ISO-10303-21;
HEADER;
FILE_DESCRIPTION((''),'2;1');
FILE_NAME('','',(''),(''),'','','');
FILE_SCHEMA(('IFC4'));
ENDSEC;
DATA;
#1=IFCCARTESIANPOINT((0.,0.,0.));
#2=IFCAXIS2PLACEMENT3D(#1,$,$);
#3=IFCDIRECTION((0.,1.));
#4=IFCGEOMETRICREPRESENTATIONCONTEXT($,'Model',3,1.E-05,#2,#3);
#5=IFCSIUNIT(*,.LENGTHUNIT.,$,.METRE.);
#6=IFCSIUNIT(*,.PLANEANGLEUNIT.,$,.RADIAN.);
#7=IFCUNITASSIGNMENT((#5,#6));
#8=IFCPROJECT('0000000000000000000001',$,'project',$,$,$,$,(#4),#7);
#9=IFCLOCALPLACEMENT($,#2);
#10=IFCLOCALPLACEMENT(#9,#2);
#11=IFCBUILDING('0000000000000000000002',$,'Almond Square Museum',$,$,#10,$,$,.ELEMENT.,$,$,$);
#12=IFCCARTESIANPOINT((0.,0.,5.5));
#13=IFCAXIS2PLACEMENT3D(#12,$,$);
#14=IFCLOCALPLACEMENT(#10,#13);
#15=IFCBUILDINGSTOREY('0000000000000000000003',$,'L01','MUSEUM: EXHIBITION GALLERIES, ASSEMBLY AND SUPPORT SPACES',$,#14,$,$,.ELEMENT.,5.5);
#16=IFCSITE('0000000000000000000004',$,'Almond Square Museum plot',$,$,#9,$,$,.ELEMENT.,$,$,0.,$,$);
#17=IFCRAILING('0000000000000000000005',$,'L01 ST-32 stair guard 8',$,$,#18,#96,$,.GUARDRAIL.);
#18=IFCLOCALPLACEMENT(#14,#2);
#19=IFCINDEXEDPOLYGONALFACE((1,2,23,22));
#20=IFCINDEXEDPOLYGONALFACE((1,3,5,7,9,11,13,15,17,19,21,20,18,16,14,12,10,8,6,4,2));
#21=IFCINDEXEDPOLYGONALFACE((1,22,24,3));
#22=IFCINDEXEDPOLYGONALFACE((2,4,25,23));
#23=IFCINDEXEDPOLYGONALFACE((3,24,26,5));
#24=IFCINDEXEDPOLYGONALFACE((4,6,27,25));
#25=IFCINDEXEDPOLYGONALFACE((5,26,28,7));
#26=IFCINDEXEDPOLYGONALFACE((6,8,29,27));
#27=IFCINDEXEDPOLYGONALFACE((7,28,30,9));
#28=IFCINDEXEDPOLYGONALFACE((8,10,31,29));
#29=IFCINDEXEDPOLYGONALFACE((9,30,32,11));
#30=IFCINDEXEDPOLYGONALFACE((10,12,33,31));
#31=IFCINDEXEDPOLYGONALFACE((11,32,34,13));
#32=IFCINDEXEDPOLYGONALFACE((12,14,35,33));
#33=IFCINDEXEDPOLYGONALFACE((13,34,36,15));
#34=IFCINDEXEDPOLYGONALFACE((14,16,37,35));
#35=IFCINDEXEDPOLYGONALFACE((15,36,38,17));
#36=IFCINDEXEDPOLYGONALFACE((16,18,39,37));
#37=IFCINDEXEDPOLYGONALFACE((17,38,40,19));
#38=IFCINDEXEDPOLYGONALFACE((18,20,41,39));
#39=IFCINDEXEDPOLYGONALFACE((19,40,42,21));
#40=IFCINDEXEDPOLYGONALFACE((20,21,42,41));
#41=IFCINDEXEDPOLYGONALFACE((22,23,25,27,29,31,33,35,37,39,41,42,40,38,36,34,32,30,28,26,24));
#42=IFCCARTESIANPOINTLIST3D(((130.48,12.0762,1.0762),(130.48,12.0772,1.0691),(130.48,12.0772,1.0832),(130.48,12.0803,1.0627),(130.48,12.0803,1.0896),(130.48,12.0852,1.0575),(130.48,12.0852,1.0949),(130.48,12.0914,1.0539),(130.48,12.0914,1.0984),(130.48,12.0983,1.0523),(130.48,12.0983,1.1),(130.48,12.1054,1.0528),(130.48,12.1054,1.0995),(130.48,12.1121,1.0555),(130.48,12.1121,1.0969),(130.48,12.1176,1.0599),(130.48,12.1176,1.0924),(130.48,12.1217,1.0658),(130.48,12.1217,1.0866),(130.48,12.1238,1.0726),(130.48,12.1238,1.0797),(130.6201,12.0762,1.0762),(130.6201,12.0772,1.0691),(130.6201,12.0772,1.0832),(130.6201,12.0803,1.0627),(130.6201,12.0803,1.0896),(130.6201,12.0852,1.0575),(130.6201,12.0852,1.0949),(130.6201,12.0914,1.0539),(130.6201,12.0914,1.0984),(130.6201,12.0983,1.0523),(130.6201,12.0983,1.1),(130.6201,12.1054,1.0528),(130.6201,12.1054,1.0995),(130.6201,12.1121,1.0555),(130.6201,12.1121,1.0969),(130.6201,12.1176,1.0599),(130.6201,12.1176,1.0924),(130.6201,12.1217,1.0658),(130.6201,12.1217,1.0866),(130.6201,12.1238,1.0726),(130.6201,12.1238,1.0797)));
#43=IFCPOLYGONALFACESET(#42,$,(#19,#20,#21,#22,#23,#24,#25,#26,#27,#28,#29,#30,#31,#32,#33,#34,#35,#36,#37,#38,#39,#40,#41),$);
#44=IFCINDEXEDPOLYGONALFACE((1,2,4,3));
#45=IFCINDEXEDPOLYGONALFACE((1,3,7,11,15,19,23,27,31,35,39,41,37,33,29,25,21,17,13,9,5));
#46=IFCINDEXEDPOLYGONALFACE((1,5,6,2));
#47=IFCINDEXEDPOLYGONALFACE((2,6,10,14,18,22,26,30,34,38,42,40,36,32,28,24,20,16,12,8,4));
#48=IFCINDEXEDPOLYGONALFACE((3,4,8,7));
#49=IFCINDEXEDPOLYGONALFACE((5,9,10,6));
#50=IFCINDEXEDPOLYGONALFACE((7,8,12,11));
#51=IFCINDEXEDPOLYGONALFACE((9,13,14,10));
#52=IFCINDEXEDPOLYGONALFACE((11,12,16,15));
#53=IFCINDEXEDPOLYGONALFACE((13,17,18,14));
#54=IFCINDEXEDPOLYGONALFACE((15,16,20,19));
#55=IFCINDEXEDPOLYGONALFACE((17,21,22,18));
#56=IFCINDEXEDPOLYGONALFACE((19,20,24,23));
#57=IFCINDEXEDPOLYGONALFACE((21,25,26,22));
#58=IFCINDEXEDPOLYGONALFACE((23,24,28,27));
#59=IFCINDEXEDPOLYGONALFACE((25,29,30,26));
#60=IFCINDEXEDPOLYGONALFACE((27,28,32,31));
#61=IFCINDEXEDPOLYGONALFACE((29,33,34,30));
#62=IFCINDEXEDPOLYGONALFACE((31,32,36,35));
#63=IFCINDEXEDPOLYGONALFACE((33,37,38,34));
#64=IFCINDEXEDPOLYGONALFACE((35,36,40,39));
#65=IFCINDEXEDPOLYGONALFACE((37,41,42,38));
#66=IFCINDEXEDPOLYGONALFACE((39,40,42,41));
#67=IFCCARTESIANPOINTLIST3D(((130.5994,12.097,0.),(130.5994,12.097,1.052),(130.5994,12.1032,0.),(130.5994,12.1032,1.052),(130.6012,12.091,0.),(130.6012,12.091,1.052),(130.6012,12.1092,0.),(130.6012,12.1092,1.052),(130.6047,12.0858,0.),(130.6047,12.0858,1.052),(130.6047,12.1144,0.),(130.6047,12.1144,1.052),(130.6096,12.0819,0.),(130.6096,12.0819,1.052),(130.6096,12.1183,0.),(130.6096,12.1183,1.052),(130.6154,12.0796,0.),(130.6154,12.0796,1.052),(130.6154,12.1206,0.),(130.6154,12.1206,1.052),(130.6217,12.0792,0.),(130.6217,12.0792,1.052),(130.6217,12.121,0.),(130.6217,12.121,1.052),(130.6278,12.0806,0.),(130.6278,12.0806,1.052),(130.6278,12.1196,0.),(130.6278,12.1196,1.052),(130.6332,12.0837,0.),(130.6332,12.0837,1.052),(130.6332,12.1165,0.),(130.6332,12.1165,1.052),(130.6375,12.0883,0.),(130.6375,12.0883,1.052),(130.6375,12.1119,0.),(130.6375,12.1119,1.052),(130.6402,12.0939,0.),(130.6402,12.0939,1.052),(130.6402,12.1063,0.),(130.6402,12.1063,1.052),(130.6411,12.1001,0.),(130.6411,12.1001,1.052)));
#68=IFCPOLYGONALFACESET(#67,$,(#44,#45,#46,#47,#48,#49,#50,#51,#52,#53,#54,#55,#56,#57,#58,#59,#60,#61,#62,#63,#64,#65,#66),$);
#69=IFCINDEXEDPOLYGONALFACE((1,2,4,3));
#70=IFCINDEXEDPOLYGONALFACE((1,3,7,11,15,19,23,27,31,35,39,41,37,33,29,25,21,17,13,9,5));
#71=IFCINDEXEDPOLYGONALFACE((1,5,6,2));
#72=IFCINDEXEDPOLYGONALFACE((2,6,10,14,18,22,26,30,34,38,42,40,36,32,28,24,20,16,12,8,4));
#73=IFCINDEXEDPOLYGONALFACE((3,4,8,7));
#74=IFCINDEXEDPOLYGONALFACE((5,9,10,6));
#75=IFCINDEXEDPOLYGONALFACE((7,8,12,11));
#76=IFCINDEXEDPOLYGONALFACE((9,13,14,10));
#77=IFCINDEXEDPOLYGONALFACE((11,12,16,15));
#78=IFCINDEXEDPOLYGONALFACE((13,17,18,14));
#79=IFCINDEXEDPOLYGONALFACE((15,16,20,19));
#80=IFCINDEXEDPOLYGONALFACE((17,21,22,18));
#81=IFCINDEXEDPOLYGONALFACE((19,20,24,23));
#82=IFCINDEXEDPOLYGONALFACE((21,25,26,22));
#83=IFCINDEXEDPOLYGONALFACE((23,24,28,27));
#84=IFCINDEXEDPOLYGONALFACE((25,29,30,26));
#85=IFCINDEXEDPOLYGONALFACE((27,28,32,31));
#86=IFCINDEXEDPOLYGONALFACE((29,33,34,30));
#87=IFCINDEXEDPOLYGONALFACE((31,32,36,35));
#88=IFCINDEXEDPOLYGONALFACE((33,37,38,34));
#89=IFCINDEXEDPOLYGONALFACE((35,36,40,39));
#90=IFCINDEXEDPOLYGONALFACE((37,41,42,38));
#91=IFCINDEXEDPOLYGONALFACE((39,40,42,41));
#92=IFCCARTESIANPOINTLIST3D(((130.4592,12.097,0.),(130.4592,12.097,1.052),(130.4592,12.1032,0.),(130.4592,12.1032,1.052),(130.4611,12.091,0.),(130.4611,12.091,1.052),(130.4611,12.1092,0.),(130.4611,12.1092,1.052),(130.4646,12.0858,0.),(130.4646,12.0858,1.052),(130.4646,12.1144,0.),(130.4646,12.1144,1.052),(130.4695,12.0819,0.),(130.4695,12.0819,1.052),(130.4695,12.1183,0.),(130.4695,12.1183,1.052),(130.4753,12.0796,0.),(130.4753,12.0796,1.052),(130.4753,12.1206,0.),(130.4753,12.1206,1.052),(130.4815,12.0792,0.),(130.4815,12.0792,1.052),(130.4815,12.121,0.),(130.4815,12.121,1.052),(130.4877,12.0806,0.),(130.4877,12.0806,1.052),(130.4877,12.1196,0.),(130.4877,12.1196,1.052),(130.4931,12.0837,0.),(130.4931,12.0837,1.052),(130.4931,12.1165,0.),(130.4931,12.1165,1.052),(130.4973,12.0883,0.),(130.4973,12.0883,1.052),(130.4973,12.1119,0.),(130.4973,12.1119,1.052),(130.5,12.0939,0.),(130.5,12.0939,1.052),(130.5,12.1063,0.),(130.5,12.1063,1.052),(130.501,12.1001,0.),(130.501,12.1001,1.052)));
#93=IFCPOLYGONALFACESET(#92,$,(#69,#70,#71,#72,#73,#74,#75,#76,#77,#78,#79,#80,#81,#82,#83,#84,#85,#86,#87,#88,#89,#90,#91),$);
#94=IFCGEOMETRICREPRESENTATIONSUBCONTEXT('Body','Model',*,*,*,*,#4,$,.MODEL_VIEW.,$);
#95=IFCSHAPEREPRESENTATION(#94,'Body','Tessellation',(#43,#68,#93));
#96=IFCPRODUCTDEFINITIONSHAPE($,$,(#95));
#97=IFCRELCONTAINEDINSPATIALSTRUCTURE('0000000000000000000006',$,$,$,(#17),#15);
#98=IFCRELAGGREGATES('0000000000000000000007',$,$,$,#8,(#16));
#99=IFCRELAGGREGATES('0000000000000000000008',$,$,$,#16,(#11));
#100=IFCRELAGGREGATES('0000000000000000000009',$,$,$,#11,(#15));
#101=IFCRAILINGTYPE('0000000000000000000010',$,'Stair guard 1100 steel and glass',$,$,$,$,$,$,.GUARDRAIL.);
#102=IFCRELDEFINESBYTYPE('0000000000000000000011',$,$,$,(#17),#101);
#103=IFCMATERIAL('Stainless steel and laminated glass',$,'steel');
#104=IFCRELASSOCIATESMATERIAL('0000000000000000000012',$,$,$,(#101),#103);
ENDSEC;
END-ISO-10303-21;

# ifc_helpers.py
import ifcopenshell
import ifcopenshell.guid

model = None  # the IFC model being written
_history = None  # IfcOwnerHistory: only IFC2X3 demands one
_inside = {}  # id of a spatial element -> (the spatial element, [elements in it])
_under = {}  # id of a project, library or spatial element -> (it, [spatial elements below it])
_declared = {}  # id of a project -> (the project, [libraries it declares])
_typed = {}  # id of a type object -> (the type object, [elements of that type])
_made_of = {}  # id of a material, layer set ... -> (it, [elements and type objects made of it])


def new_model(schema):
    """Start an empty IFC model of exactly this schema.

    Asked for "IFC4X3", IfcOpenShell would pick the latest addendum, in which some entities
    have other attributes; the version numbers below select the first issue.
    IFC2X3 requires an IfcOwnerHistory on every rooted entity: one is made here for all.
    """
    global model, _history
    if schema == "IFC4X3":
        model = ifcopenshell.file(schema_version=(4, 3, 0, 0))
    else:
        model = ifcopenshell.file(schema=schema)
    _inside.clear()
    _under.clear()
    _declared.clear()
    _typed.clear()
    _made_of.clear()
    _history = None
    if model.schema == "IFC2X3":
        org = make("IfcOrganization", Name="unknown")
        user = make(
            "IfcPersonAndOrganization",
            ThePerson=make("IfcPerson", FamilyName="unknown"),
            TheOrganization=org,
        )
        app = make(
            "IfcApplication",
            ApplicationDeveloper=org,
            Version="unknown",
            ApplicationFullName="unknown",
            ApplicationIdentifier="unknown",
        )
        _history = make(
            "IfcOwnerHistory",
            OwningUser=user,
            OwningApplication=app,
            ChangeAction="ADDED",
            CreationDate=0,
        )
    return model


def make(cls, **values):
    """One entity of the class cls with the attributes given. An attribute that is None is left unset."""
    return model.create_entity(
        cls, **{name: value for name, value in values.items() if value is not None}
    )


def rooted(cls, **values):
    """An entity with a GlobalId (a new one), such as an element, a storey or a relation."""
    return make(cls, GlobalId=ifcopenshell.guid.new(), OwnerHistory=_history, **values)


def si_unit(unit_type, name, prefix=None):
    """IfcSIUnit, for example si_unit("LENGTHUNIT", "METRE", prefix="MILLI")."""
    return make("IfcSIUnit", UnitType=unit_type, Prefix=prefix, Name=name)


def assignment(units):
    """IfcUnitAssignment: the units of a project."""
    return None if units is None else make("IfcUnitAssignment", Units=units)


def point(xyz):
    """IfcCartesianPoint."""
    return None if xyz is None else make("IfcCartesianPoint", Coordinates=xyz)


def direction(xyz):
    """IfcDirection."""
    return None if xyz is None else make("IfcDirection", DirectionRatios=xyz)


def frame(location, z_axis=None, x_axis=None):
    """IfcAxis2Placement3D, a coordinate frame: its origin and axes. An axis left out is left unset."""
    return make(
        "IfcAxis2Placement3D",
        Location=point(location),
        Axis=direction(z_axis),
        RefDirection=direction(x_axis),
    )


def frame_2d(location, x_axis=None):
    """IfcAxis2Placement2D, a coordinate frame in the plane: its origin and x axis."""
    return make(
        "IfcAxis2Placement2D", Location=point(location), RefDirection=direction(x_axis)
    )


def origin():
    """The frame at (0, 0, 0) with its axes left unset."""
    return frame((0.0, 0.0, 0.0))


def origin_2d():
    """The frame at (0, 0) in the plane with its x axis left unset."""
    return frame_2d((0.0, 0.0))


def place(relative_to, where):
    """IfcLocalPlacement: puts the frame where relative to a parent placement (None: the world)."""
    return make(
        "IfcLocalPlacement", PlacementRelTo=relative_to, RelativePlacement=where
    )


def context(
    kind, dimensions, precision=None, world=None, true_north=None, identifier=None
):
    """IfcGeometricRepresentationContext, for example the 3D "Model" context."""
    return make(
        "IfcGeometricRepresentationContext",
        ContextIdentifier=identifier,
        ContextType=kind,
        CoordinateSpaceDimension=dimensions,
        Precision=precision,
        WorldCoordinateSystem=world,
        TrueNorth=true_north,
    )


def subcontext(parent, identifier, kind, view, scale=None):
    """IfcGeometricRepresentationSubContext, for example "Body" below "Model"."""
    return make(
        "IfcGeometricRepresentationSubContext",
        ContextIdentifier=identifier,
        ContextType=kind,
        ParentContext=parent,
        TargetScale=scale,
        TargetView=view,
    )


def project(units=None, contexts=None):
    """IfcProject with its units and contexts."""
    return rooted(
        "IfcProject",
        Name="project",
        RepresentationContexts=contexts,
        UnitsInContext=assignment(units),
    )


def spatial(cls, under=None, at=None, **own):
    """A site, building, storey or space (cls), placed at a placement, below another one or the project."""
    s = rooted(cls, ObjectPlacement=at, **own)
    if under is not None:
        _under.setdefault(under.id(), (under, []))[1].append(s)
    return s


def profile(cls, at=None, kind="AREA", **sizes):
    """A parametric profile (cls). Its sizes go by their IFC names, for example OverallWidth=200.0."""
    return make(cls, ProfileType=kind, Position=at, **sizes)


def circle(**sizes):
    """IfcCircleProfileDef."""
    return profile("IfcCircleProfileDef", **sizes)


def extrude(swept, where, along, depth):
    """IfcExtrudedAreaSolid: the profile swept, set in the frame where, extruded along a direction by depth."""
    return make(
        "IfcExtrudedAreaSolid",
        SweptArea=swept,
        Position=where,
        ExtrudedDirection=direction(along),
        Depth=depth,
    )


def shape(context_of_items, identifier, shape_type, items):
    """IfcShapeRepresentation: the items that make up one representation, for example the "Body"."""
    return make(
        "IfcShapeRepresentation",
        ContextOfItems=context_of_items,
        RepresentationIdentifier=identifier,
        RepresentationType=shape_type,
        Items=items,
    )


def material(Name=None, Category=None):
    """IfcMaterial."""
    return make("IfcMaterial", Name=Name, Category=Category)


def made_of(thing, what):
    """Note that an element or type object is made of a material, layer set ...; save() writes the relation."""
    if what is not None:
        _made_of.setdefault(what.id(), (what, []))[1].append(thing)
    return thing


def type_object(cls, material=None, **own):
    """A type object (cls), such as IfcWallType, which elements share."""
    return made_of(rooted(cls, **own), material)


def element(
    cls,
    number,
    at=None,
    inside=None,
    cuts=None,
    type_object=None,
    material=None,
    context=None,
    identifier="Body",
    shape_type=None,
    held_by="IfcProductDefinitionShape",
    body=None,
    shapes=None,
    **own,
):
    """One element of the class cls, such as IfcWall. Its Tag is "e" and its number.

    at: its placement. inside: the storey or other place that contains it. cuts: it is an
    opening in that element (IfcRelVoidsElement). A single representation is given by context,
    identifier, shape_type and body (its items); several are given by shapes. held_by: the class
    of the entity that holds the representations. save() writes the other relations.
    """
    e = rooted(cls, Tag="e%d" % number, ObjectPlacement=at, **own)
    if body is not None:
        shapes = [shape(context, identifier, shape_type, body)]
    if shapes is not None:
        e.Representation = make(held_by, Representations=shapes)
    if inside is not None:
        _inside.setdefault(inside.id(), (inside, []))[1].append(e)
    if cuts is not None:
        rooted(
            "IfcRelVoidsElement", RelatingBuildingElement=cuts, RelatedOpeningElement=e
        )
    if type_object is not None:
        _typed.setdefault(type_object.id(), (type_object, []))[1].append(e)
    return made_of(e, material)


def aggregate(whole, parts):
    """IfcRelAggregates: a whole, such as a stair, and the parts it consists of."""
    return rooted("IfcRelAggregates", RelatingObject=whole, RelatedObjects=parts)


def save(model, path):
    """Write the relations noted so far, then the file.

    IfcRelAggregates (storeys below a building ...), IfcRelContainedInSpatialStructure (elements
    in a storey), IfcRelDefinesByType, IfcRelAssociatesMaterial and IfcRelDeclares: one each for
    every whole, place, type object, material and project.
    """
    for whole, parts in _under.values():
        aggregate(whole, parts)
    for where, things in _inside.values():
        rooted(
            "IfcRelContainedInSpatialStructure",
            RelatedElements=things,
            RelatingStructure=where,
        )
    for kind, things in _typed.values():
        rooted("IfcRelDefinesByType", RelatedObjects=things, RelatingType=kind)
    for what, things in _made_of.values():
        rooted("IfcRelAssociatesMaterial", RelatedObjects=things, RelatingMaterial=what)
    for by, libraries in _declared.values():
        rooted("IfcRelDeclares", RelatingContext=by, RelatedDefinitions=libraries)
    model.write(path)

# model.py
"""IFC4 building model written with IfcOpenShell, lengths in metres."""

from ifc_helpers import new_model, si_unit, direction, frame, origin, origin_2d, place, context, subcontext, project, spatial, circle, extrude, material, type_object, element, save


model = new_model("IFC4")

# Units and contexts
model_context = context("Model", 3, precision=1e-05, world=origin(), true_north=direction((0.0, 1.0)))
body_context = subcontext(model_context, "Body", "Model", "MODEL_VIEW")
ifc_project = project(units=[si_unit("LENGTHUNIT", "METRE"), si_unit("PLANEANGLEUNIT", "RADIAN")], contexts=[model_context])

# Site, building, storey
site_placement = place(None, origin())
site = spatial("IfcSite", under=ifc_project, at=site_placement, Name="Almond Square Museum plot", CompositionType="ELEMENT", RefElevation=0.0)
building_placement = place(site_placement, origin())
building = spatial("IfcBuilding", under=site, at=building_placement, Name="Almond Square Museum", CompositionType="ELEMENT")
storey_placement = place(building_placement, frame((0.0, 0.0, 5.5)))
storey = spatial("IfcBuildingStorey", under=building, at=storey_placement, Name="L01", Description="MUSEUM: EXHIBITION GALLERIES, ASSEMBLY AND SUPPORT SPACES", CompositionType="ELEMENT", Elevation=5.5)

# Railing
ifc_material_1 = material(Name="Stainless steel and laminated glass", Category="steel")
railing_type = type_object("IfcRailingType", Name="Stair guard 1100 steel and glass", PredefinedType="GUARDRAIL", material=ifc_material_1)
for number, where, name in (
    (1, (130.6201, 12.1001, 0.0), "L01 ST-32 stair guard 8"),
):
    element("IfcRailing", number, at=place(storey_placement, frame(where)), inside=storey, type_object=railing_type, Name=name, PredefinedType="GUARDRAIL", context=body_context, shape_type="SweptSolid", body=[
        extrude(circle(Radius=0.0239, at=origin_2d()), frame((0.0, 0.0, 1.0762), z_axis=(-1.0, 0.0, 0.0), x_axis=(0.0, -1.0, 0.0)), (0.0, 0.0, 1.0), 0.1401),
        extrude(circle(Radius=0.021, at=origin_2d()), origin(), (0.0, 0.0, 1.0), 1.052),
        extrude(circle(Radius=0.021, at=origin_2d()), frame((-0.1401, 0.0, 0.0)), (0.0, 0.0, 1.0), 1.052),
    ])

save(model, "model.ifc")
